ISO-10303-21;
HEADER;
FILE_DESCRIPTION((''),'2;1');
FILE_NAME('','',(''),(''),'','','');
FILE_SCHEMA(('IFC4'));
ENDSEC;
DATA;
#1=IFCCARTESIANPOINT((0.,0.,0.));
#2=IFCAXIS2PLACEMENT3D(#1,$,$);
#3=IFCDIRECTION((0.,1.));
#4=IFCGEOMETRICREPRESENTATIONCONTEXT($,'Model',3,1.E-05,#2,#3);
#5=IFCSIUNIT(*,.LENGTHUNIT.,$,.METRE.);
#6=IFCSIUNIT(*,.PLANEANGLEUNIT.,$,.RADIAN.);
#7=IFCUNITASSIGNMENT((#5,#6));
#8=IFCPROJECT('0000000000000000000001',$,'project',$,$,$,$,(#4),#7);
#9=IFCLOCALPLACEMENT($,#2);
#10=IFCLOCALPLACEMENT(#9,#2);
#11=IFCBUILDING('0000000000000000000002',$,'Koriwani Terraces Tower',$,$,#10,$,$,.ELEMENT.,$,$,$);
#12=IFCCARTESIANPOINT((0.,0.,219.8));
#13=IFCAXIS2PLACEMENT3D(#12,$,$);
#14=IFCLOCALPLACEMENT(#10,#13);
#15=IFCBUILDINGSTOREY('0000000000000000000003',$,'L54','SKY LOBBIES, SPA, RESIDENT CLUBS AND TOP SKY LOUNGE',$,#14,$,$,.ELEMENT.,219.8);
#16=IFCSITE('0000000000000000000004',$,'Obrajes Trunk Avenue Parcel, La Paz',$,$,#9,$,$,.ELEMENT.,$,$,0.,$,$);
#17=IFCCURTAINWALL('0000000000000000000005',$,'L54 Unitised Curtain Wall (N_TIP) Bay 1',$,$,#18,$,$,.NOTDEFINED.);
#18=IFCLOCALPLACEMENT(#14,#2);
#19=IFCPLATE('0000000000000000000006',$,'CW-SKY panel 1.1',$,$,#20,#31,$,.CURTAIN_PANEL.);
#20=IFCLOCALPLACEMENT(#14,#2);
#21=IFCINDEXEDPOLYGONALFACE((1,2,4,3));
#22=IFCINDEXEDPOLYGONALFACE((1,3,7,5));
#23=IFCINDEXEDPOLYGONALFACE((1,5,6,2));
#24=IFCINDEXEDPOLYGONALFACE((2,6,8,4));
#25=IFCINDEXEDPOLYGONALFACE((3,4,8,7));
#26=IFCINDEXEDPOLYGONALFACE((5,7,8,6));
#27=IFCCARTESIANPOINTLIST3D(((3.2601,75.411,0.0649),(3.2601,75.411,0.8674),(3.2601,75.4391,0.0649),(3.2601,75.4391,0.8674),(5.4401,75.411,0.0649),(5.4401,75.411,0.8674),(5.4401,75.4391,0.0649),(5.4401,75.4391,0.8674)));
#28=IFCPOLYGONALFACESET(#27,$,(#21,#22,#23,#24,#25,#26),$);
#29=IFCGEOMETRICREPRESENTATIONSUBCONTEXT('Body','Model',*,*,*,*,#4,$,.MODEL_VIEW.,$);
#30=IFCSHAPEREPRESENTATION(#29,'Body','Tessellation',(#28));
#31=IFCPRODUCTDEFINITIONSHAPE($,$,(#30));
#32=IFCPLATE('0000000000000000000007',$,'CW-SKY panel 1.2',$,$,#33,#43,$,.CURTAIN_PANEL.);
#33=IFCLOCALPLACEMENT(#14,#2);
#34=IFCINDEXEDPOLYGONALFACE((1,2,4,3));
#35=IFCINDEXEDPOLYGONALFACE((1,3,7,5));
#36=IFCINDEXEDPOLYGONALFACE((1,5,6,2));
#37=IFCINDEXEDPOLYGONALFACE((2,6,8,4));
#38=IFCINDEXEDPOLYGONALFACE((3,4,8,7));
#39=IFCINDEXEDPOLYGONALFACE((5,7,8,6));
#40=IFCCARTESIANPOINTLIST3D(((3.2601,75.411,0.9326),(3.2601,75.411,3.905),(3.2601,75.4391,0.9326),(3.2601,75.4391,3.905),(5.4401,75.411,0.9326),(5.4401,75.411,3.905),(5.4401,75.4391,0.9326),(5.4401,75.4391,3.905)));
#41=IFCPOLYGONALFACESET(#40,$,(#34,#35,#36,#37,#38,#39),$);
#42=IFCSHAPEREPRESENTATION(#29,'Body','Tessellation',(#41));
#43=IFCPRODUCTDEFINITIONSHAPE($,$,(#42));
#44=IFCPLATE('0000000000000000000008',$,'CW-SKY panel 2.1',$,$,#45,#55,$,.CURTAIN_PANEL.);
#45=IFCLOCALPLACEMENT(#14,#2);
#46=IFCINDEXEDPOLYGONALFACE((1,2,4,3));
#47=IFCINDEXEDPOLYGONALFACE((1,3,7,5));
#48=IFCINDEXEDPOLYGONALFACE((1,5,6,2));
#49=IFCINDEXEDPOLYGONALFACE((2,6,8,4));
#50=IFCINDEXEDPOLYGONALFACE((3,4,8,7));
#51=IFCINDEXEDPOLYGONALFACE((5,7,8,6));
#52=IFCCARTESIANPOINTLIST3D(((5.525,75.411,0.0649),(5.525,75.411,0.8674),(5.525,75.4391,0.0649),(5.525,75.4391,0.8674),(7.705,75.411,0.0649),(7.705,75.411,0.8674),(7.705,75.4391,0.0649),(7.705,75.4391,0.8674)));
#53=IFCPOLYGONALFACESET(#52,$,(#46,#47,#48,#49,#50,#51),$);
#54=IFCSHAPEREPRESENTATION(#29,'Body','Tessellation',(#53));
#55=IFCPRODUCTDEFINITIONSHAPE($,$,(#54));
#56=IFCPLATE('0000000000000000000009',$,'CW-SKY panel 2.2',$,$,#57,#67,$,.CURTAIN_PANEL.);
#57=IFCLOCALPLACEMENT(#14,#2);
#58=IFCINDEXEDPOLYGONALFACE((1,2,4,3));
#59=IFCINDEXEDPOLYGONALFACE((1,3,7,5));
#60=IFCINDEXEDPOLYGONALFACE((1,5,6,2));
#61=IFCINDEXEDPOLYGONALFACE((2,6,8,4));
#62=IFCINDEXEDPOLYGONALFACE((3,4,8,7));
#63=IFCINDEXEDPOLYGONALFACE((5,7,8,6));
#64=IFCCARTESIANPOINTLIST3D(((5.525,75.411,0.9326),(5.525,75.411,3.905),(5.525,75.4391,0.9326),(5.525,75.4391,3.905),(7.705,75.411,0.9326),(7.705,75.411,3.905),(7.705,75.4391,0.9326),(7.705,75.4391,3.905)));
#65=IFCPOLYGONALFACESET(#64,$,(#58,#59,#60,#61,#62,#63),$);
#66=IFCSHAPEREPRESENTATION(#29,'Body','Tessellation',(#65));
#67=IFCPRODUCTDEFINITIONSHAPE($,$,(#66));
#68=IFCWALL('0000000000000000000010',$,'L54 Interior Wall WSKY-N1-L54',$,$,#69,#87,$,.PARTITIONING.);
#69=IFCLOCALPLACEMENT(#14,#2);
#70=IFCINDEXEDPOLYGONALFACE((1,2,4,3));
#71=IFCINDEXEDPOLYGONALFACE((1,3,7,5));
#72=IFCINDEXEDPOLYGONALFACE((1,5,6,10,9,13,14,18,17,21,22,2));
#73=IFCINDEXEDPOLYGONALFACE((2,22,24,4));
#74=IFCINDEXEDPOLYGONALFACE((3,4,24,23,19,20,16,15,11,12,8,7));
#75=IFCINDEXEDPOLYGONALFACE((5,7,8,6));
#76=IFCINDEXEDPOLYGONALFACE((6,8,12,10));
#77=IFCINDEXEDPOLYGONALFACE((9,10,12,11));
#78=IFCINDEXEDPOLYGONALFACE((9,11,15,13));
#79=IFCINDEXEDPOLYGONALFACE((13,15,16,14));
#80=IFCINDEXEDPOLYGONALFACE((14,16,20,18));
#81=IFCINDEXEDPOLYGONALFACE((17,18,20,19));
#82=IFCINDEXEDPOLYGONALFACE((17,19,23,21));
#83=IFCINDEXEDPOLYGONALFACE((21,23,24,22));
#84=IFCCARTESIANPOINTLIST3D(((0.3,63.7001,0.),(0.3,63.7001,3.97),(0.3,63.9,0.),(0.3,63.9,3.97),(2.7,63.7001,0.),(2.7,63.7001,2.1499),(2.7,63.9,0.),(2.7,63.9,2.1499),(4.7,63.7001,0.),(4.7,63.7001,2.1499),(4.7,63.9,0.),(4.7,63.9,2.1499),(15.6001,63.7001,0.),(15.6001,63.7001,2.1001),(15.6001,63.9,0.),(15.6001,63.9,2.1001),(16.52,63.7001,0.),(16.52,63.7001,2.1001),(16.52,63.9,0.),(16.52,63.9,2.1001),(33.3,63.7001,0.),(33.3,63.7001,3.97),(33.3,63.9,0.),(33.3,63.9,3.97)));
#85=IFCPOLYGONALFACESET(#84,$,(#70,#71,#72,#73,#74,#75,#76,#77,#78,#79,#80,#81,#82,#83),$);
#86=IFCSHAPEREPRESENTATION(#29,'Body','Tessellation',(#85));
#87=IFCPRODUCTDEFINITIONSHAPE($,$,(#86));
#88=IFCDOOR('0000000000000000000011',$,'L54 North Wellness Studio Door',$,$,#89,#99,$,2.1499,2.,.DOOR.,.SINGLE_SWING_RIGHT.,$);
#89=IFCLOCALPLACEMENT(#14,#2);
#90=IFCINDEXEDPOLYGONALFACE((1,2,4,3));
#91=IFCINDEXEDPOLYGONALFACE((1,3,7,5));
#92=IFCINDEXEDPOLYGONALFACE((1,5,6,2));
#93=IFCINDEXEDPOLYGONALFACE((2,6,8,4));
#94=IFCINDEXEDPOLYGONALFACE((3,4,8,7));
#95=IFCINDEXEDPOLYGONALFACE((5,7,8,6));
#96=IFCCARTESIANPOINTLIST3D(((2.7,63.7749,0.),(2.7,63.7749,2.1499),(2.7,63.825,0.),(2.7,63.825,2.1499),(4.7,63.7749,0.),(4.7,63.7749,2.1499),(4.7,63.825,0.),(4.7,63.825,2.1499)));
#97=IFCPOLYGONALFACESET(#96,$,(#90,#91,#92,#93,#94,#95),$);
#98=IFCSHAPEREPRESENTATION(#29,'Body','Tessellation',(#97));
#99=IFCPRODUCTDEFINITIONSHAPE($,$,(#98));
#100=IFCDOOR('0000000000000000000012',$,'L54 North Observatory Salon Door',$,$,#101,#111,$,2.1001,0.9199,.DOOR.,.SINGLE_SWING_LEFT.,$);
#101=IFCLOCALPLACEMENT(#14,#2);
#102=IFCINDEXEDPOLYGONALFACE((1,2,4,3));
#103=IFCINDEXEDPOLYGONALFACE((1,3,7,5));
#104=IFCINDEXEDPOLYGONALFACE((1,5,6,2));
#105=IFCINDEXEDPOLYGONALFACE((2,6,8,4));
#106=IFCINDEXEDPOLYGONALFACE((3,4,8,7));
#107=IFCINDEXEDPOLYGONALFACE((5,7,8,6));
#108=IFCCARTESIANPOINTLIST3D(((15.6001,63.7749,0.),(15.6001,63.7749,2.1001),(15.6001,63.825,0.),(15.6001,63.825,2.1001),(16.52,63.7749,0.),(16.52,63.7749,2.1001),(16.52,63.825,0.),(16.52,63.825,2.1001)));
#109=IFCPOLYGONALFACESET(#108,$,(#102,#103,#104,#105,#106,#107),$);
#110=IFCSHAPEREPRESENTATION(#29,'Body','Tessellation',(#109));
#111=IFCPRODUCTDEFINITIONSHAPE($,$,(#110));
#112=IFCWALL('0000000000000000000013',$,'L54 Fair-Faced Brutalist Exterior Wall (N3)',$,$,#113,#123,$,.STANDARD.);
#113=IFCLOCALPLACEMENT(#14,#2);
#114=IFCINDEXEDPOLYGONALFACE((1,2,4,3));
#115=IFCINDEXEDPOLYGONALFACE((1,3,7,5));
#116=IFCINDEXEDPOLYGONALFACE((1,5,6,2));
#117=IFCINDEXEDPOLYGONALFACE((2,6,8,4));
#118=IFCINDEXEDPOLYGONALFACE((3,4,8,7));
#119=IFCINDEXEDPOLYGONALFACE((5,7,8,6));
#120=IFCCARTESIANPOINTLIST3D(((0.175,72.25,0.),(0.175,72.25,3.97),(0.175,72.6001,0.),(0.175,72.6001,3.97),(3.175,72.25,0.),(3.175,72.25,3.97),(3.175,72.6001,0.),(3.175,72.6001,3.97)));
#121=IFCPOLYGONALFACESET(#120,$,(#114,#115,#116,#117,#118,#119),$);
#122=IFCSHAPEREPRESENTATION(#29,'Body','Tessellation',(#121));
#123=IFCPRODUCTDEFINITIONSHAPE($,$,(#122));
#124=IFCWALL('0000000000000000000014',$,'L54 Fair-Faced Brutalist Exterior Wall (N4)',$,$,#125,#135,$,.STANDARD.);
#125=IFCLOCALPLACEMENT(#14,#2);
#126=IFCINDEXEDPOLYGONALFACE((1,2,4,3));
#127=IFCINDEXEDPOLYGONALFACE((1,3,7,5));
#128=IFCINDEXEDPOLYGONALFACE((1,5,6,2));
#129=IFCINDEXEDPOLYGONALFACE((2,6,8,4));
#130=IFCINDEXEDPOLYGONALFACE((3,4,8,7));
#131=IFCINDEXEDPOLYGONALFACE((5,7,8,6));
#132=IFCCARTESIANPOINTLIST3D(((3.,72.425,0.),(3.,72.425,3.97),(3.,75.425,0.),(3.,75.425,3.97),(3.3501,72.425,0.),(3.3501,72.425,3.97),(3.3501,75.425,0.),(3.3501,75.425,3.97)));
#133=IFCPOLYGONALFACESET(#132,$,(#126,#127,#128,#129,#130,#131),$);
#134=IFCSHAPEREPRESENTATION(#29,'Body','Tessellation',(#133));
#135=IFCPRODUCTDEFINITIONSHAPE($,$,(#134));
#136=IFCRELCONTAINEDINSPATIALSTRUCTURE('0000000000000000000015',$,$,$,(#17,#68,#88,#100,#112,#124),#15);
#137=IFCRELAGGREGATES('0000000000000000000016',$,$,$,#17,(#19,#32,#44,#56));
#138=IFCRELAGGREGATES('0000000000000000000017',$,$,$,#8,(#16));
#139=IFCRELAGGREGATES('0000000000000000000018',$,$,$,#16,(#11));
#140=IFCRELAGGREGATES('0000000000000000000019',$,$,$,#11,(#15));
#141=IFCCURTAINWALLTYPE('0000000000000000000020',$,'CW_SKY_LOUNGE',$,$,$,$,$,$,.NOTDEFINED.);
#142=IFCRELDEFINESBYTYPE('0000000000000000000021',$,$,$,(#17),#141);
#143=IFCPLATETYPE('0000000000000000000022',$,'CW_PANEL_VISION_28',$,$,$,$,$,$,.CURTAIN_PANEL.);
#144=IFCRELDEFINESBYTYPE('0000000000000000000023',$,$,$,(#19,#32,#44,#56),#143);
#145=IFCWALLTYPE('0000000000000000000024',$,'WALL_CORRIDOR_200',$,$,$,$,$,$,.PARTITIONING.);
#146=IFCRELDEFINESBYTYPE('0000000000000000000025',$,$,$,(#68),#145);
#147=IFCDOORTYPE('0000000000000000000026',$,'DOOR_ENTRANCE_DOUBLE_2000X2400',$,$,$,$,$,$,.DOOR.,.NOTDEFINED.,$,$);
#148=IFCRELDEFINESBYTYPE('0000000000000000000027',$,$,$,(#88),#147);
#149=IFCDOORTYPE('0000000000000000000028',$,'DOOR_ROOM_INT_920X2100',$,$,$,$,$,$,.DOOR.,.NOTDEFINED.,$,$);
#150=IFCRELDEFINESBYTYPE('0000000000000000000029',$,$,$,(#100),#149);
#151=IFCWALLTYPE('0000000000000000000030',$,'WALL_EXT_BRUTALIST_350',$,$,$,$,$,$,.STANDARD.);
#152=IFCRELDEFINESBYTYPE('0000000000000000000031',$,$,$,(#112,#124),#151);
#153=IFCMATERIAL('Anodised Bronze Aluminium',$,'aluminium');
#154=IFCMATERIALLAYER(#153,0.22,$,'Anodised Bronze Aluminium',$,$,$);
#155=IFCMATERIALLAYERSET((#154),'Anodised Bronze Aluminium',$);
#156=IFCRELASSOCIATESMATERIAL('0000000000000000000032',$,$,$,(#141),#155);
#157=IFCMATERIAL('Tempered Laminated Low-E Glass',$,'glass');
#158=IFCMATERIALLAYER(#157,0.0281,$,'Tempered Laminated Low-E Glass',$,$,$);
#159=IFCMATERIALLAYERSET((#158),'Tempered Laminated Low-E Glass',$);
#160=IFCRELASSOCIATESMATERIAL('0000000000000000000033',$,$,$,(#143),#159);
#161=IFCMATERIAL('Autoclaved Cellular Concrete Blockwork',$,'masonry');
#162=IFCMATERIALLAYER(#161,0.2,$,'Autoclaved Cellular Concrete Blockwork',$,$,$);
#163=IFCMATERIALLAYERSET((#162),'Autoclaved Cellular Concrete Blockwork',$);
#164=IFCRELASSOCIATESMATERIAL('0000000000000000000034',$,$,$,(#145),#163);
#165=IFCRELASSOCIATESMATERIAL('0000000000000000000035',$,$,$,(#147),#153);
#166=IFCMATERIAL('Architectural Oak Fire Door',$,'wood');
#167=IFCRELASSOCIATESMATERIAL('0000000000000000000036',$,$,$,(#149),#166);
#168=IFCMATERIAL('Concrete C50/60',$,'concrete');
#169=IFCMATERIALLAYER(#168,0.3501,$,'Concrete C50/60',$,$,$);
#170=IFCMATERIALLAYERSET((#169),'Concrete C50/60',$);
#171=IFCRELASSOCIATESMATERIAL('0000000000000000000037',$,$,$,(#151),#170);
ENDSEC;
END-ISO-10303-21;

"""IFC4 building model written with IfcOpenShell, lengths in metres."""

from ifc_helpers import new_model, si_unit, direction, frame, frame_2d, origin, origin_2d, place, context, subcontext, project, spatial, rectangle, extrude, material, layer, layer_set, type_object, element, fill, aggregate, save


model = new_model("IFC4")

# Units and contexts
model_context = context("Model", 3, precision=1e-05, world=origin(), true_north=direction((0.0, 1.0)))
body_context = subcontext(model_context, "Body", "Model", "MODEL_VIEW")
ifc_project = project(units=[si_unit("LENGTHUNIT", "METRE"), si_unit("PLANEANGLEUNIT", "RADIAN")], contexts=[model_context])

# Site, building, storey
site_placement = place(None, origin())
site = spatial("IfcSite", under=ifc_project, at=site_placement, Name="Obrajes Trunk Avenue Parcel, La Paz", CompositionType="ELEMENT", RefElevation=0.0)
building_placement = place(site_placement, origin())
building = spatial("IfcBuilding", under=site, at=building_placement, Name="Koriwani Terraces Tower", CompositionType="ELEMENT")
storey_placement = place(building_placement, frame((0.0, 0.0, 219.8)))
storey = spatial("IfcBuildingStorey", under=building, at=storey_placement, Name="L54", Description="SKY LOBBIES, SPA, RESIDENT CLUBS AND TOP SKY LOUNGE", CompositionType="ELEMENT", Elevation=219.8)

# Shared definitions
ifc_material_1 = material(Name="Concrete C50/60", Category="concrete")

# Curtain wall
ifc_material_2 = material(Name="Anodised Bronze Aluminium", Category="aluminium")
ifc_layer_1 = layer(ifc_material_2, 0.22, Name="Anodised Bronze Aluminium")
ifc_layer_set_1 = layer_set([ifc_layer_1], Name="Anodised Bronze Aluminium")
curtain_wall_type = type_object("IfcCurtainWallType", Name="CW_SKY_LOUNGE", PredefinedType="NOTDEFINED", material=ifc_layer_set_1)
curtain_wall_1_placement = place(storey_placement, origin())
curtain_wall_1 = element("IfcCurtainWall", 1, at=curtain_wall_1_placement, inside=storey, type_object=curtain_wall_type, Name="L54 Unitised Curtain Wall (N_TIP) Bay 1", PredefinedType="NOTDEFINED")

# Plates
ifc_material_3 = material(Name="Tempered Laminated Low-E Glass", Category="glass")
ifc_layer_2 = layer(ifc_material_3, 0.0281, Name="Tempered Laminated Low-E Glass")
ifc_layer_set_2 = layer_set([ifc_layer_2], Name="Tempered Laminated Low-E Glass")
plate_type = type_object("IfcPlateType", Name="CW_PANEL_VISION_28", PredefinedType="CURTAIN_PANEL", material=ifc_layer_set_2)
plate_1_placement = place(storey_placement, frame((4.3501, 75.425, 0.0649), z_axis=(0.0, 0.0, 1.0), x_axis=(1.0, 0.0, 0.0)))
plate_1 = element("IfcPlate", 2, at=plate_1_placement, type_object=plate_type, Name="CW-SKY panel 1.1", PredefinedType="CURTAIN_PANEL", context=body_context, shape_type="SweptSolid", body=[
    extrude(rectangle(XDim=2.1799, YDim=0.0281, at=origin_2d()), origin(), (0.0, 0.0, 1.0), 0.8025),
])
plate_2_placement = place(storey_placement, frame((4.3501, 75.425, 0.9326), z_axis=(0.0, 0.0, 1.0), x_axis=(1.0, 0.0, 0.0)))
plate_2 = element("IfcPlate", 3, at=plate_2_placement, type_object=plate_type, Name="CW-SKY panel 1.2", PredefinedType="CURTAIN_PANEL", context=body_context, shape_type="SweptSolid", body=[
    extrude(rectangle(XDim=2.1799, YDim=0.0281, at=origin_2d()), origin(), (0.0, 0.0, 1.0), 2.9724),
])
plate_3_placement = place(storey_placement, frame((6.615, 75.425, 0.0649), z_axis=(0.0, 0.0, 1.0), x_axis=(1.0, 0.0, 0.0)))
plate_3 = element("IfcPlate", 4, at=plate_3_placement, type_object=plate_type, Name="CW-SKY panel 2.1", PredefinedType="CURTAIN_PANEL", context=body_context, shape_type="SweptSolid", body=[
    extrude(rectangle(XDim=2.1799, YDim=0.0281, at=origin_2d()), origin(), (0.0, 0.0, 1.0), 0.8025),
])
plate_4_placement = place(storey_placement, frame((6.615, 75.425, 0.9326), z_axis=(0.0, 0.0, 1.0), x_axis=(1.0, 0.0, 0.0)))
plate_4 = element("IfcPlate", 5, at=plate_4_placement, type_object=plate_type, Name="CW-SKY panel 2.2", PredefinedType="CURTAIN_PANEL", context=body_context, shape_type="SweptSolid", body=[
    extrude(rectangle(XDim=2.1799, YDim=0.0281, at=origin_2d()), origin(), (0.0, 0.0, 1.0), 2.9724),
])
aggregate(curtain_wall_1, [plate_1, plate_2, plate_3, plate_4])

# Wall, openings, doors
ifc_material_4 = material(Name="Autoclaved Cellular Concrete Blockwork", Category="masonry")
ifc_layer_3 = layer(ifc_material_4, 0.2, Name="Autoclaved Cellular Concrete Blockwork")
ifc_layer_set_3 = layer_set([ifc_layer_3], Name="Autoclaved Cellular Concrete Blockwork")
wall_type_1 = type_object("IfcWallType", Name="WALL_CORRIDOR_200", PredefinedType="PARTITIONING", material=ifc_layer_set_3)
wall_placement = place(storey_placement, frame((0.3, 63.8, 0.0), z_axis=(0.0, 0.0, 1.0), x_axis=(1.0, 0.0, 0.0)))
wall = element("IfcWall", 6, at=wall_placement, inside=storey, type_object=wall_type_1, Name="L54 Interior Wall WSKY-N1-L54", PredefinedType="PARTITIONING", context=body_context, shape_type="SweptSolid", body=[
    extrude(rectangle(XDim=33.0, YDim=0.2, at=frame_2d((16.5, 0.0))), origin(), (0.0, 0.0, 1.0), 3.97),
])
opening_1_placement = place(wall_placement, frame((2.3999, 0.0, 0.0)))
opening_1 = element("IfcOpeningElement", 7, at=opening_1_placement, cuts=wall, PredefinedType="OPENING", context=body_context, shape_type="SweptSolid", body=[
    extrude(rectangle(XDim=2.0, YDim=2.1499, at=frame_2d((1.0, 1.075))), frame((0.0, 0.1099, 0.0), z_axis=(0.0, -1.0, 0.0), x_axis=(1.0, 0.0, 0.0)), (0.0, 0.0, 1.0), 0.22),
])
opening_2_placement = place(wall_placement, frame((15.3, 0.0, 0.0)))
opening_2 = element("IfcOpeningElement", 8, at=opening_2_placement, cuts=wall, PredefinedType="OPENING", context=body_context, shape_type="SweptSolid", body=[
    extrude(rectangle(XDim=0.9199, YDim=2.1001, at=frame_2d((0.46, 1.05))), frame((0.0, 0.1099, 0.0), z_axis=(0.0, -1.0, 0.0), x_axis=(1.0, 0.0, 0.0)), (0.0, 0.0, 1.0), 0.22),
])
door_type_1 = type_object("IfcDoorType", Name="DOOR_ENTRANCE_DOUBLE_2000X2400", OperationType="NOTDEFINED", PredefinedType="DOOR", material=ifc_material_2)
door_1_placement = place(opening_1_placement, origin())
door_1 = element("IfcDoor", 9, at=door_1_placement, inside=storey, type_object=door_type_1, Name="L54 North Wellness Studio Door", OperationType="SINGLE_SWING_RIGHT", OverallHeight=2.1499, OverallWidth=2.0, PredefinedType="DOOR", context=body_context, shape_type="SweptSolid", body=[
    extrude(rectangle(XDim=2.0, YDim=2.1499, at=frame_2d((1.0, 1.075))), frame((0.0, 0.0249, 0.0), z_axis=(0.0, -1.0, 0.0), x_axis=(1.0, 0.0, 0.0)), (0.0, 0.0, 1.0), 0.05),
])
fill(opening_1, door_1)
ifc_material_5 = material(Name="Architectural Oak Fire Door", Category="wood")
door_type_2 = type_object("IfcDoorType", Name="DOOR_ROOM_INT_920X2100", OperationType="NOTDEFINED", PredefinedType="DOOR", material=ifc_material_5)
door_2_placement = place(opening_2_placement, origin())
door_2 = element("IfcDoor", 10, at=door_2_placement, inside=storey, type_object=door_type_2, Name="L54 North Observatory Salon Door", OperationType="SINGLE_SWING_LEFT", OverallHeight=2.1001, OverallWidth=0.9199, PredefinedType="DOOR", context=body_context, shape_type="SweptSolid", body=[
    extrude(rectangle(XDim=0.9199, YDim=2.1001, at=frame_2d((0.46, 1.05))), frame((0.0, 0.0249, 0.0), z_axis=(0.0, -1.0, 0.0), x_axis=(1.0, 0.0, 0.0)), (0.0, 0.0, 1.0), 0.05),
])
fill(opening_2, door_2)

# Walls
ifc_layer_4 = layer(ifc_material_1, 0.3501, Name="Concrete C50/60")
ifc_layer_set_4 = layer_set([ifc_layer_4], Name="Concrete C50/60")
wall_type_2 = type_object("IfcWallType", Name="WALL_EXT_BRUTALIST_350", PredefinedType="STANDARD", material=ifc_layer_set_4)
for number, where, z_axis, x_axis, name in (
    (11, (0.175, 72.425, 0.0), (0.0, 0.0, 1.0), (1.0, 0.0, 0.0), "L54 Fair-Faced Brutalist Exterior Wall (N3)"),
    (12, (3.175, 72.425, 0.0), (0.0, 0.0, 1.0), (0.0, 1.0, 0.0), "L54 Fair-Faced Brutalist Exterior Wall (N4)"),
):
    element("IfcWall", number, at=place(storey_placement, frame(where, z_axis=z_axis, x_axis=x_axis)), inside=storey, type_object=wall_type_2, Name=name, PredefinedType="STANDARD", context=body_context, shape_type="SweptSolid", body=[
        extrude(rectangle(XDim=3.0, YDim=0.3501, at=frame_2d((1.5, 0.0))), origin(), (0.0, 0.0, 1.0), 3.97),
    ])

save(model, "model.ifc")
